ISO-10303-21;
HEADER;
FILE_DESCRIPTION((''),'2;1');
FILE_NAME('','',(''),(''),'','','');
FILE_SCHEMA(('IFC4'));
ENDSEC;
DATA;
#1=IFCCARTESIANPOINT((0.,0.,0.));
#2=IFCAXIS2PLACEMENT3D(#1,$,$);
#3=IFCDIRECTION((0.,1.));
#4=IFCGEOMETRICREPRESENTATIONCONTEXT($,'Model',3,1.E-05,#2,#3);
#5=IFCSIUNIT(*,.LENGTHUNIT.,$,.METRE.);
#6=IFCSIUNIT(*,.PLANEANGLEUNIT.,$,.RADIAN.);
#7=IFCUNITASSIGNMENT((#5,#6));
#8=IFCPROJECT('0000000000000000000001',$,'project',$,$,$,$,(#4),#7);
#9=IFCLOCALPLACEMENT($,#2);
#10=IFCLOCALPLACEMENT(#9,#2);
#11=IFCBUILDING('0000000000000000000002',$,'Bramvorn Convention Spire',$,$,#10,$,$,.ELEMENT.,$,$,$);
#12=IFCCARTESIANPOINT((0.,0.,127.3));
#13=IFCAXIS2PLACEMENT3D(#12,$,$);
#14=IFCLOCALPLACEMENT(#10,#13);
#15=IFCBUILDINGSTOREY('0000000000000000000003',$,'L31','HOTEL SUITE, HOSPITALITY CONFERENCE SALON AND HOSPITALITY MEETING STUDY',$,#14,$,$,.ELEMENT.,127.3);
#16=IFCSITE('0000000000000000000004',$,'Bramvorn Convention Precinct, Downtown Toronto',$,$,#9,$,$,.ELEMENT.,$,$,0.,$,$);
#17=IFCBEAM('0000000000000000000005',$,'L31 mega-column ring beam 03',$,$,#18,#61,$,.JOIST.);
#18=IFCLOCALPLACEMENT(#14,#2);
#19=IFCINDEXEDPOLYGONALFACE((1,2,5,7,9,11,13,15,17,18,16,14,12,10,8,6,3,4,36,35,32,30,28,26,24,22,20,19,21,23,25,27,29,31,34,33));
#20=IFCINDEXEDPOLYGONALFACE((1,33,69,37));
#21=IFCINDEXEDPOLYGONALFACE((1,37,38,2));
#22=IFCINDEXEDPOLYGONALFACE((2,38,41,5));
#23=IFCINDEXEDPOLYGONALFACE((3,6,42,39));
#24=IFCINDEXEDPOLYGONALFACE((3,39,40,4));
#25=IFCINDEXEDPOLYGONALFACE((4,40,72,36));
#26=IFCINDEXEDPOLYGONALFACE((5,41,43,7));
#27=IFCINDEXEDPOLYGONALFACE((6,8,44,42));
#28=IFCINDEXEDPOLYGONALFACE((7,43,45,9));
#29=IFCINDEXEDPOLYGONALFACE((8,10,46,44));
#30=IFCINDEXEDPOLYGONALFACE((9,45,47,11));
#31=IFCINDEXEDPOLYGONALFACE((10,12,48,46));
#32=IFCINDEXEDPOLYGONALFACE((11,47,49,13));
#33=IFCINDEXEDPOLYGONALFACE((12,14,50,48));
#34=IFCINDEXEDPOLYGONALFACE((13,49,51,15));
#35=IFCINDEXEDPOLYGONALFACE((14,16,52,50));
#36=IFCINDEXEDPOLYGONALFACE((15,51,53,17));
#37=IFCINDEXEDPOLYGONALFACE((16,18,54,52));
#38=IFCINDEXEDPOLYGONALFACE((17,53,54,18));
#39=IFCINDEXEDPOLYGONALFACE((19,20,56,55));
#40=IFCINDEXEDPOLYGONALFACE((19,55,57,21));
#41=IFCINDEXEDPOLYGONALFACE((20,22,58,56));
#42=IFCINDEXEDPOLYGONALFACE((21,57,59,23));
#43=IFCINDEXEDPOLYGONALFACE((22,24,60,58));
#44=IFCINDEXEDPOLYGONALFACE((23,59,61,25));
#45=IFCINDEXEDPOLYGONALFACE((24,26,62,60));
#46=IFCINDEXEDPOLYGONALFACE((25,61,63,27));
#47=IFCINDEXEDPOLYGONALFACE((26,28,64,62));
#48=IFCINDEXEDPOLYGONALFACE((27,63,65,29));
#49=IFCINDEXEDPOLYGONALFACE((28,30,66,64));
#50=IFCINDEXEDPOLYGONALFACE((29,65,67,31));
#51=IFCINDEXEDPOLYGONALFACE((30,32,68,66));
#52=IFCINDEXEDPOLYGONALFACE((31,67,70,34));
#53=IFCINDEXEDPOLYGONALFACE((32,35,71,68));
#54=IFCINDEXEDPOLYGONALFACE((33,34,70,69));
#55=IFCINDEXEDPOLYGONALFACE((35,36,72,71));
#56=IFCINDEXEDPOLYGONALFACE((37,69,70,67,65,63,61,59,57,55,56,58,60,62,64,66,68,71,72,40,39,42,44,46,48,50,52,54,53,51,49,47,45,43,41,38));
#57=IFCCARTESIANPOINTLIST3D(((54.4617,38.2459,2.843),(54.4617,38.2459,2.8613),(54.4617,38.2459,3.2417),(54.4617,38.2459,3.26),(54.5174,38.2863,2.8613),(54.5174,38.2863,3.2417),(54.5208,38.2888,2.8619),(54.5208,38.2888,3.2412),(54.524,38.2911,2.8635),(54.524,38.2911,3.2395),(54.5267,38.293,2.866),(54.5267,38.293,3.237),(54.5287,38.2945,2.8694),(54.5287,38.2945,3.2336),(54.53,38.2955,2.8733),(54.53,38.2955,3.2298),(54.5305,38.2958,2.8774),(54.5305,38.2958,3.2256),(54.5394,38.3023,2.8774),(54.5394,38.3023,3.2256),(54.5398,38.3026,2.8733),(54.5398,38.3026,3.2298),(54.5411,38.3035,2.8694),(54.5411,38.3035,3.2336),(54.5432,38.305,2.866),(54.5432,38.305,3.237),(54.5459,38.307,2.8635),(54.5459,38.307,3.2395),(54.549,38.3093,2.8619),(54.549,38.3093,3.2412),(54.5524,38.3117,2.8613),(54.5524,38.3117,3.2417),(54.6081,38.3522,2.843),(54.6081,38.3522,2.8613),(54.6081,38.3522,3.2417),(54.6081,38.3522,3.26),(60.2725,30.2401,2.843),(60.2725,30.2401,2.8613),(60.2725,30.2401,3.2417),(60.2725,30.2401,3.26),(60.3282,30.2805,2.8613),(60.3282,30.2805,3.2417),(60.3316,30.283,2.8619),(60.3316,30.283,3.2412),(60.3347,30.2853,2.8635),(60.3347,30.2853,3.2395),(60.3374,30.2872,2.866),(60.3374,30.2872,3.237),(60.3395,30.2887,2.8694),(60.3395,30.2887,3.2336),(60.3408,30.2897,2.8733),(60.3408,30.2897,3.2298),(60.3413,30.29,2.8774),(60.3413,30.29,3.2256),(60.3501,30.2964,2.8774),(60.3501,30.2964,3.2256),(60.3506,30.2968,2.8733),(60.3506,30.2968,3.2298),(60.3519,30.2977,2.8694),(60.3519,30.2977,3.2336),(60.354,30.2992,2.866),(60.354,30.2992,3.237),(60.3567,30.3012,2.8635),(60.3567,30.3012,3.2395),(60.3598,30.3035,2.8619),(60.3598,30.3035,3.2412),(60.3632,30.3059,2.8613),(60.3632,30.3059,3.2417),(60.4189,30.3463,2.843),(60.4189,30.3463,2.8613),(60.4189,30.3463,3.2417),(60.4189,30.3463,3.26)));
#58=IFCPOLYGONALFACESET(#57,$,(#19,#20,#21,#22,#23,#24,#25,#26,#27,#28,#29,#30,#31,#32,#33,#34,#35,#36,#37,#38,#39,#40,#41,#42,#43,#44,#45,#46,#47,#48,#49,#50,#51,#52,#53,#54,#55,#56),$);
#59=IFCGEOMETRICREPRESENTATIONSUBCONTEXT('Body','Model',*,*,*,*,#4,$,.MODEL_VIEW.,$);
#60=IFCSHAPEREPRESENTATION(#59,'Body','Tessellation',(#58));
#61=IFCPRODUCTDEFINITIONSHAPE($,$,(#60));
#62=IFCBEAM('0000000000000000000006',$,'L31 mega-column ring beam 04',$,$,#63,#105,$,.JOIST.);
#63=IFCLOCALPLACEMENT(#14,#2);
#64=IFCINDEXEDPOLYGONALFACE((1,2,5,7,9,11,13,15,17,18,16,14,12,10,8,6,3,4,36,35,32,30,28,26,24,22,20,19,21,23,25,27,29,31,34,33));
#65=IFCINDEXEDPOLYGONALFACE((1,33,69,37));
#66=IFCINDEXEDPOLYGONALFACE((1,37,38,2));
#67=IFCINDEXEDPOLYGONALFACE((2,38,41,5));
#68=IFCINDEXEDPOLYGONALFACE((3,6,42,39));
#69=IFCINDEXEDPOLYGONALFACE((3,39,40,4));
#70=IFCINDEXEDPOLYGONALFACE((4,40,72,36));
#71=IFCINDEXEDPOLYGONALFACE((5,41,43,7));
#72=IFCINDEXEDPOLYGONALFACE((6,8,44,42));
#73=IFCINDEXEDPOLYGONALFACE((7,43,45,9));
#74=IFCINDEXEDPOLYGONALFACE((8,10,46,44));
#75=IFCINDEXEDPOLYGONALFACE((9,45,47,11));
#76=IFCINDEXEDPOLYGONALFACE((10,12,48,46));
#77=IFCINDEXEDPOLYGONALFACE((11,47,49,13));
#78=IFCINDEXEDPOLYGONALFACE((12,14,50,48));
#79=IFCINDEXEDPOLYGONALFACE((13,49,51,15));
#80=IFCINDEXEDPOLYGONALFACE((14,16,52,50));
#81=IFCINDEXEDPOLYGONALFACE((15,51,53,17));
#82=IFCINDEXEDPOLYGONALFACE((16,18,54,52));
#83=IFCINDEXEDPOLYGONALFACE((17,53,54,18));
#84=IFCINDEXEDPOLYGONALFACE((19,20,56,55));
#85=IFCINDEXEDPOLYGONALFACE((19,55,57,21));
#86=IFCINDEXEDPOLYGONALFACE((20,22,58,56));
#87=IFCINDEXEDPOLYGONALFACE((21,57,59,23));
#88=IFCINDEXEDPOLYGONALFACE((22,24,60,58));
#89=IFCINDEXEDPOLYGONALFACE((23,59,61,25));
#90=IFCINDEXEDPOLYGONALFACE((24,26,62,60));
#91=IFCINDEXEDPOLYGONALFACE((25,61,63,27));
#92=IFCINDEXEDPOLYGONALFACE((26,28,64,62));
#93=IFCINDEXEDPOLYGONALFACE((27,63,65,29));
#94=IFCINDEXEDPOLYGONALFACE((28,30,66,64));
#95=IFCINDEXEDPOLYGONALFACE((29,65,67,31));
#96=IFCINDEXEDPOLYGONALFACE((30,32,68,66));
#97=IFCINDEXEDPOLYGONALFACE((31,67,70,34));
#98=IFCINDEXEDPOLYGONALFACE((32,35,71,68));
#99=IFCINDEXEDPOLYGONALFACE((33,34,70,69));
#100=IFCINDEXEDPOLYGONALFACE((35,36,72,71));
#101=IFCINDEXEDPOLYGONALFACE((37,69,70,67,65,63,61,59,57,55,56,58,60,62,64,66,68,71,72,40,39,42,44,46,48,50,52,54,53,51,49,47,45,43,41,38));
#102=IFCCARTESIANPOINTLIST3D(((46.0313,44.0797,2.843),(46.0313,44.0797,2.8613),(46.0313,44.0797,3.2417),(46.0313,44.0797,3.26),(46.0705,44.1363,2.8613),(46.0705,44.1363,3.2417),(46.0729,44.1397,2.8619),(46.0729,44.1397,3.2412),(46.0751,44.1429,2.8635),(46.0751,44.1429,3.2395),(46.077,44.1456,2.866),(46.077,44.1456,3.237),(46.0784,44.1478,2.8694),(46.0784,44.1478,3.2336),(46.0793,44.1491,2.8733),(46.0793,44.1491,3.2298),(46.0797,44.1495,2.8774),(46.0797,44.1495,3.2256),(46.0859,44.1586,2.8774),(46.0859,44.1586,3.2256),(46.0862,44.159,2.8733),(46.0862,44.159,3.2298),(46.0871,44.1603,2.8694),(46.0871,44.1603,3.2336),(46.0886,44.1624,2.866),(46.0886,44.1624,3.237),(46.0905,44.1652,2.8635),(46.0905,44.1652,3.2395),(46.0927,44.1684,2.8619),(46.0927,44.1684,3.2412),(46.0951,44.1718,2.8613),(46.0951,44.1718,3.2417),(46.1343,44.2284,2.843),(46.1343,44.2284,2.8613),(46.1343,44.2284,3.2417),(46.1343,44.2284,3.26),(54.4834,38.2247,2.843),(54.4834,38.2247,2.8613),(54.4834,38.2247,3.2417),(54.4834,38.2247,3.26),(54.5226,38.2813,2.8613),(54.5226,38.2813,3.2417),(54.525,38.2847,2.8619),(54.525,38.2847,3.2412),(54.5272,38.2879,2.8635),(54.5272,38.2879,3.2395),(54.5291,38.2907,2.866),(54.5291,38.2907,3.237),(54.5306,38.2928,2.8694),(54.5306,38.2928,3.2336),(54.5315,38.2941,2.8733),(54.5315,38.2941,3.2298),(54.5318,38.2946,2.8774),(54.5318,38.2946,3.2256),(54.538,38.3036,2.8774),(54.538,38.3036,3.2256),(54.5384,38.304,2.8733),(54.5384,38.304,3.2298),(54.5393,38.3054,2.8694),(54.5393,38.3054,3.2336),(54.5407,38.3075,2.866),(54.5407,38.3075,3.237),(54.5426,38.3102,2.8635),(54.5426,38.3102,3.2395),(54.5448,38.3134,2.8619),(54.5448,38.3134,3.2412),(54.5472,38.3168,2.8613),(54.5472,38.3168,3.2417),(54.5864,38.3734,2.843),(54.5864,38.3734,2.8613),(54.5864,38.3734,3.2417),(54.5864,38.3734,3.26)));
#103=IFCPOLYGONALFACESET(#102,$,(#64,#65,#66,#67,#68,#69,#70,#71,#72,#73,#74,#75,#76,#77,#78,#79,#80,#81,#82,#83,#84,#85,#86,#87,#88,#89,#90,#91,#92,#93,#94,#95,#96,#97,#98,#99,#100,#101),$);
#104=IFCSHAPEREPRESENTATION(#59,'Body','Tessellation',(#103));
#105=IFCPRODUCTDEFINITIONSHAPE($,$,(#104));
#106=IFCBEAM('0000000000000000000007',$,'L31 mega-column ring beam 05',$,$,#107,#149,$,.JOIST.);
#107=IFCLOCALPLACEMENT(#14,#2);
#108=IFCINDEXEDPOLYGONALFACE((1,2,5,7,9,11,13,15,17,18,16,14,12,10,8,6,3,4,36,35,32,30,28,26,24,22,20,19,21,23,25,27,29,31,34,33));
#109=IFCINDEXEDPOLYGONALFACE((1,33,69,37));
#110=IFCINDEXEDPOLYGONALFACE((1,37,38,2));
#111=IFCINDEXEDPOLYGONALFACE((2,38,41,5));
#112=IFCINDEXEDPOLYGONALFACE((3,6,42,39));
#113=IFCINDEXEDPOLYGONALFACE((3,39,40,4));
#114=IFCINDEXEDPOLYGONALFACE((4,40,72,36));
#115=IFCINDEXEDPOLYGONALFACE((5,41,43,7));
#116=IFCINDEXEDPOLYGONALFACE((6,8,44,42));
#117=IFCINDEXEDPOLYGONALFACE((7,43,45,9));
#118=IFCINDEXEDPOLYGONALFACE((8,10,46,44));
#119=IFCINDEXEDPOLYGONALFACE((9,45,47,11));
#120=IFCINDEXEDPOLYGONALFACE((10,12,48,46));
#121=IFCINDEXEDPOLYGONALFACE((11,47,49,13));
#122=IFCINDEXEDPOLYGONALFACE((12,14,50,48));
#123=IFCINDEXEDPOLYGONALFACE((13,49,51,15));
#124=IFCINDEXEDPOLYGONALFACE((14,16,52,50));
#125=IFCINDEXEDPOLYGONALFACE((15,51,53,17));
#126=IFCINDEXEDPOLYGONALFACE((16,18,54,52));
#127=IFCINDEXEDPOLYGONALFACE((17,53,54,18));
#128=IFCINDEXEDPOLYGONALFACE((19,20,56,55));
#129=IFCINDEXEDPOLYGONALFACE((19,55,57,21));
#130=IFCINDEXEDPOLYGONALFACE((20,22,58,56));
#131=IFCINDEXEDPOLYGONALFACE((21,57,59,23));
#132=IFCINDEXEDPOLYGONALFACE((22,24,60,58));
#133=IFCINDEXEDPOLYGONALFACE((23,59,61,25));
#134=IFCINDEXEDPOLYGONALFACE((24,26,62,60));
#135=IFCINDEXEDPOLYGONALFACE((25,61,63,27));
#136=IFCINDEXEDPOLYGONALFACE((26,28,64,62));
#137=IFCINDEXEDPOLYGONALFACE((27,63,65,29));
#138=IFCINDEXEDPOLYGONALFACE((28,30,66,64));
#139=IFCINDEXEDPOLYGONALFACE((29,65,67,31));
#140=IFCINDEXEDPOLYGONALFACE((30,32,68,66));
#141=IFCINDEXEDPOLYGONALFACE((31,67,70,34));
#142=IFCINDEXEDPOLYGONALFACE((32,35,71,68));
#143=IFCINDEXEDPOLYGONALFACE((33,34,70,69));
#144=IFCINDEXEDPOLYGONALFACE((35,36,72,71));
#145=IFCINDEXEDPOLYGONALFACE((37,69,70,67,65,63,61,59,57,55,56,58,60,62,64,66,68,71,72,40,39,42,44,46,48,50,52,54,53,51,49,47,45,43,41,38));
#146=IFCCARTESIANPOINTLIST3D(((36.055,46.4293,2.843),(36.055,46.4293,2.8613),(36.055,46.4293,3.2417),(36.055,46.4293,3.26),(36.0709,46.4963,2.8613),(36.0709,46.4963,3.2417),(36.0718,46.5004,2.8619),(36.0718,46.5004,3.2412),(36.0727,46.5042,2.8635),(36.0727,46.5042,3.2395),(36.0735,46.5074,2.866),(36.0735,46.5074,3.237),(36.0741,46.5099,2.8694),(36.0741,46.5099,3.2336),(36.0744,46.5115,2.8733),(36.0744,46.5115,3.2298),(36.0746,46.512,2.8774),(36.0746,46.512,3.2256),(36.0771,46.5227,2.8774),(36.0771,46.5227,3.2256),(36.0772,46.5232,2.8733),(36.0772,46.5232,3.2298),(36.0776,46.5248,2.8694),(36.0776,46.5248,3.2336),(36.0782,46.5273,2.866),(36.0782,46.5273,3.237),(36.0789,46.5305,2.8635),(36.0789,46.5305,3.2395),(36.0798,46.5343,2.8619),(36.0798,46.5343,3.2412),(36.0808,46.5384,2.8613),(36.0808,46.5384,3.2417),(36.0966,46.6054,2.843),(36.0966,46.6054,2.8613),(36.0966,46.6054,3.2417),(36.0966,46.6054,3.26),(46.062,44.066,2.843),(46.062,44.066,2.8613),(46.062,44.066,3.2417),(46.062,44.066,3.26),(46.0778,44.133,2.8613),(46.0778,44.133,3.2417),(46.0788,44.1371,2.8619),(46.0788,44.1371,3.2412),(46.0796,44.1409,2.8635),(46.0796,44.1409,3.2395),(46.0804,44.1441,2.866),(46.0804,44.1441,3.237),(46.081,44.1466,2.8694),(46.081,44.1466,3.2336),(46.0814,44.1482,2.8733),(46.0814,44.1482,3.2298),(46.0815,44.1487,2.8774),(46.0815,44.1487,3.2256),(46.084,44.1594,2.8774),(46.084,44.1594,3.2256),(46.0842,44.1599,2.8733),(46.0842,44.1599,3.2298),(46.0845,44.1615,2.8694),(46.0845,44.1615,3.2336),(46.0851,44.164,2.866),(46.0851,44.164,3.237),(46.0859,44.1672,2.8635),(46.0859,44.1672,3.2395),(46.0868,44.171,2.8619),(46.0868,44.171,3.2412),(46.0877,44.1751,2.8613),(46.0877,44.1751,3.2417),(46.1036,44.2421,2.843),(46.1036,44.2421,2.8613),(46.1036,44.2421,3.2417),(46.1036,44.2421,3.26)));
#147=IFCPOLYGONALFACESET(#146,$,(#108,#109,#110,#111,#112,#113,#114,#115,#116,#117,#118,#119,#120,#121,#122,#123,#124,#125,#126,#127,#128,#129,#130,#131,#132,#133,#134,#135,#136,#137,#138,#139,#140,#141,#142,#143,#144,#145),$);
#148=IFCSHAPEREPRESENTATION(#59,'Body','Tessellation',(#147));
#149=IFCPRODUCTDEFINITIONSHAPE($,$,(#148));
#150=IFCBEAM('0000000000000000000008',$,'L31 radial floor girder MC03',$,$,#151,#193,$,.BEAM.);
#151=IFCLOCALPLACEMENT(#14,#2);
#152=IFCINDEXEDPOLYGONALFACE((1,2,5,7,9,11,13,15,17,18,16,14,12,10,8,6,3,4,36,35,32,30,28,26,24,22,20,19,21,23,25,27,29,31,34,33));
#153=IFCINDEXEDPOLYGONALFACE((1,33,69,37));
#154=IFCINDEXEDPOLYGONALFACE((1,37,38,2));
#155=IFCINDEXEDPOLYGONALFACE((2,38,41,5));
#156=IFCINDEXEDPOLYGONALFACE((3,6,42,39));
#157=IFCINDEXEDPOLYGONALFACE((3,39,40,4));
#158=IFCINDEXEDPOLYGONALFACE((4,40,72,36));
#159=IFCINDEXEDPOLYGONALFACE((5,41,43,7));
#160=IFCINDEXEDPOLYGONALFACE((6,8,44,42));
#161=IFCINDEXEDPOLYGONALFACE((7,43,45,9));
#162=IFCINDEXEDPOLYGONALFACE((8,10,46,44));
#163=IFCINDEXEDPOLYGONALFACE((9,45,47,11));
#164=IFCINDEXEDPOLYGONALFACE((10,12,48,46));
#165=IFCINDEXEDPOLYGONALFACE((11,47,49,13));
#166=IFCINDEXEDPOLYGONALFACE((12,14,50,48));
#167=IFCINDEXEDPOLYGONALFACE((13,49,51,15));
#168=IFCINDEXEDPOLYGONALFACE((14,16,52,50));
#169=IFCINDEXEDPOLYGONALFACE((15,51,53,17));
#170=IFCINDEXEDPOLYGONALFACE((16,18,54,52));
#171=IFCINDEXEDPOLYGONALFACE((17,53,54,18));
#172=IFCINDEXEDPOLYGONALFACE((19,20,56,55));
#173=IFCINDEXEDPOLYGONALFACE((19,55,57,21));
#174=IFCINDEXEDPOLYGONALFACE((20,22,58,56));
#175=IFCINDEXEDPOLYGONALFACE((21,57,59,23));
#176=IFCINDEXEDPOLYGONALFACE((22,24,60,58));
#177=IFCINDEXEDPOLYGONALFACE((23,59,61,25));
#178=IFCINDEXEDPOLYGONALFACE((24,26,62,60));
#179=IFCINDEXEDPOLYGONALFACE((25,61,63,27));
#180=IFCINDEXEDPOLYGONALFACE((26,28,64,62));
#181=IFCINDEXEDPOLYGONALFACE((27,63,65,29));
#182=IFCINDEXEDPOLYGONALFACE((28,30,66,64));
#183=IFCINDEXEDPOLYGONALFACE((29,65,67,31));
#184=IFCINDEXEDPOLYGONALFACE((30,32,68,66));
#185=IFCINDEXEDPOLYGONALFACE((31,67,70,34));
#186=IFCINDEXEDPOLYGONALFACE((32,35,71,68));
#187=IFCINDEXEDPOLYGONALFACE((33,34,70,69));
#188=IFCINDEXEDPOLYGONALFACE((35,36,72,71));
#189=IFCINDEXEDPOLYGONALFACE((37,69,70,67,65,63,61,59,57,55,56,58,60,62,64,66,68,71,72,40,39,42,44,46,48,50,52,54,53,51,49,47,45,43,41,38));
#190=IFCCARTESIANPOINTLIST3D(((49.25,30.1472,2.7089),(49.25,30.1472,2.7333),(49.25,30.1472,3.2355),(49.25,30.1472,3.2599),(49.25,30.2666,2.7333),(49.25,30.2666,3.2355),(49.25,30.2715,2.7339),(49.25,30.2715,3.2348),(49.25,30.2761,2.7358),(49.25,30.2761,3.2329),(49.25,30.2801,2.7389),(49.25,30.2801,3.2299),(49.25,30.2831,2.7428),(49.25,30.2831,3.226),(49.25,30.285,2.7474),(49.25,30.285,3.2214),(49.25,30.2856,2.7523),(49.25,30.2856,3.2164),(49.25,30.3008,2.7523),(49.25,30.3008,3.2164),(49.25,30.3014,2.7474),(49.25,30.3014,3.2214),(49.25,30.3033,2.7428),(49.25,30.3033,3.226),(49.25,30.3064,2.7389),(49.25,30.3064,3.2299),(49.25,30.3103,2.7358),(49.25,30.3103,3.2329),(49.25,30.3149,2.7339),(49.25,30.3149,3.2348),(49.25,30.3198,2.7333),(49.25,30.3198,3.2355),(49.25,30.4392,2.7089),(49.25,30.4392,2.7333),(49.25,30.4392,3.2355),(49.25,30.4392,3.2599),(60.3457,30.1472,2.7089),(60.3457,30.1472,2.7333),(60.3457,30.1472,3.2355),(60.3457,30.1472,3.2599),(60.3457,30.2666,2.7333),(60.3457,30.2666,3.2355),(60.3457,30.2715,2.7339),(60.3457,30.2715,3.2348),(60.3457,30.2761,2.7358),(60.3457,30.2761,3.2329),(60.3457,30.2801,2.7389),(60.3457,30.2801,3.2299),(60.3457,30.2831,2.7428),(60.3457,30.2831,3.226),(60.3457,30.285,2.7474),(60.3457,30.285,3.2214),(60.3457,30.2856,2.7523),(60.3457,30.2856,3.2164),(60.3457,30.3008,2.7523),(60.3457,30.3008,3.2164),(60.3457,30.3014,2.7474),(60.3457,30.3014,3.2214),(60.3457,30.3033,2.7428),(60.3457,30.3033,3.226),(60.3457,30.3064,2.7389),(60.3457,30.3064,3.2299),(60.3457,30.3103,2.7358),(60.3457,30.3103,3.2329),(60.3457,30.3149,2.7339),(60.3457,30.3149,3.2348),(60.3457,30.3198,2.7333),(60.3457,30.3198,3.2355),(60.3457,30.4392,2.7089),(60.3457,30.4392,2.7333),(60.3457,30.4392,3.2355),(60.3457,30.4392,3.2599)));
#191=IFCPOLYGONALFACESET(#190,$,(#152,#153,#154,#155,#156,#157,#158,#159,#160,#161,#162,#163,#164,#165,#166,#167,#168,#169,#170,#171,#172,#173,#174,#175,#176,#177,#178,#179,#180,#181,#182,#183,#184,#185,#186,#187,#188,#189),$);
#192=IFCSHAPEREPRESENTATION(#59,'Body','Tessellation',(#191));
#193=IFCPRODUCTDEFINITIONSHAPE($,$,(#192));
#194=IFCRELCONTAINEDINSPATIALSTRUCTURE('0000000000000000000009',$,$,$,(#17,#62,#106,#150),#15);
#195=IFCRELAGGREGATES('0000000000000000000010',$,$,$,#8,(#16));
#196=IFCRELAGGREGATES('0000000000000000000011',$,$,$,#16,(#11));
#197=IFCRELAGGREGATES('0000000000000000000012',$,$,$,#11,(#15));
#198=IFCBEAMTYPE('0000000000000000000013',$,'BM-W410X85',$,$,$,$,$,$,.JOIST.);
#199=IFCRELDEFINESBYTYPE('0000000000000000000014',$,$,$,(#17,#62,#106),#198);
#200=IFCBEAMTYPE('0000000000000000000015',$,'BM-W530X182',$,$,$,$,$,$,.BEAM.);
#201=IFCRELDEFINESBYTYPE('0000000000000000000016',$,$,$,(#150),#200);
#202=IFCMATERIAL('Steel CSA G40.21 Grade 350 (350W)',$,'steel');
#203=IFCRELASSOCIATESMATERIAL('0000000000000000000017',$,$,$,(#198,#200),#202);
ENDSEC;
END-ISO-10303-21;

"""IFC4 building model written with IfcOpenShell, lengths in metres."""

from ifc_helpers import new_model, si_unit, direction, frame, origin, origin_2d, place, context, subcontext, project, spatial, i_section, extrude, material, material_profile, profile_set, type_object, element, save


model = new_model("IFC4")

# Units and contexts
model_context = context("Model", 3, precision=1e-05, world=origin(), true_north=direction((0.0, 1.0)))
body_context = subcontext(model_context, "Body", "Model", "MODEL_VIEW")
ifc_project = project(units=[si_unit("LENGTHUNIT", "METRE"), si_unit("PLANEANGLEUNIT", "RADIAN")], contexts=[model_context])

# Site, building, storey
site_placement = place(None, origin())
site = spatial("IfcSite", under=ifc_project, at=site_placement, Name="Bramvorn Convention Precinct, Downtown Toronto", CompositionType="ELEMENT", RefElevation=0.0)
building_placement = place(site_placement, origin())
building = spatial("IfcBuilding", under=site, at=building_placement, Name="Bramvorn Convention Spire", CompositionType="ELEMENT")
storey_placement = place(building_placement, frame((0.0, 0.0, 127.3)))
storey = spatial("IfcBuildingStorey", under=building, at=storey_placement, Name="L31", Description="HOTEL SUITE, HOSPITALITY CONFERENCE SALON AND HOSPITALITY MEETING STUDY", CompositionType="ELEMENT", Elevation=127.3)

# Shared definitions
ifc_material_1 = material(Name="Steel CSA G40.21 Grade 350 (350W)", Category="steel")

# Beams
ifc_material_profile_1 = material_profile(ifc_material_1, i_section(OverallWidth=0.1809, OverallDepth=0.417, WebThickness=0.011, FlangeThickness=0.0183, FilletRadius=0.0161, at=origin_2d()))
ifc_profile_set_1 = profile_set([ifc_material_profile_1], Name="Steel CSA G40.21 Grade 350 (350W) - W410X85")
beam_type_1 = type_object("IfcBeamType", Name="BM-W410X85", PredefinedType="JOIST", material=ifc_profile_set_1)
beam_1_placement = place(storey_placement, frame((60.3457, 30.2932, 3.0515), z_axis=(-0.587401, 0.809296, 0.0), x_axis=(-0.809296, -0.587401, 0.0)))
element("IfcBeam", 1, at=beam_1_placement, inside=storey, type_object=beam_type_1, Name="L31 mega-column ring beam 03", PredefinedType="JOIST", context=body_context, shape_type="SweptSolid", body=[
    extrude(i_section(OverallWidth=0.1809, OverallDepth=0.417, WebThickness=0.011, FlangeThickness=0.0183, FilletRadius=0.0161, at=origin_2d()), origin(), (0.0, 0.0, 1.0), 9.8923),
])
beam_2_placement = place(storey_placement, frame((54.5349, 38.2991, 3.0515), z_axis=(-0.822033, 0.56944, 0.0), x_axis=(-0.56944, -0.822033, 0.0)))
element("IfcBeam", 2, at=beam_2_placement, inside=storey, type_object=beam_type_1, Name="L31 mega-column ring beam 04", PredefinedType="JOIST", context=body_context, shape_type="SweptSolid", body=[
    extrude(i_section(OverallWidth=0.1809, OverallDepth=0.417, WebThickness=0.011, FlangeThickness=0.0183, FilletRadius=0.0161, at=origin_2d()), origin(), (0.0, 0.0, 1.0), 10.282),
])
beam_3_placement = place(storey_placement, frame((46.0828, 44.1541, 3.0515), z_axis=(-0.973228, 0.229844, 0.0), x_axis=(-0.229844, -0.973228, 0.0)))
element("IfcBeam", 3, at=beam_3_placement, inside=storey, type_object=beam_type_1, Name="L31 mega-column ring beam 05", PredefinedType="JOIST", context=body_context, shape_type="SweptSolid", body=[
    extrude(i_section(OverallWidth=0.1809, OverallDepth=0.417, WebThickness=0.011, FlangeThickness=0.0183, FilletRadius=0.0161, at=origin_2d()), origin(), (0.0, 0.0, 1.0), 10.2822),
])
ifc_material_profile_2 = material_profile(ifc_material_1, i_section(OverallWidth=0.292, OverallDepth=0.551, WebThickness=0.0151, FlangeThickness=0.0244, FilletRadius=0.019, at=origin_2d()))
ifc_profile_set_2 = profile_set([ifc_material_profile_2], Name="Steel CSA G40.21 Grade 350 (350W) - W530X182")
beam_type_2 = type_object("IfcBeamType", Name="BM-W530X182", PredefinedType="BEAM", material=ifc_profile_set_2)
beam_4_placement = place(storey_placement, frame((49.25, 30.2932, 2.9844), z_axis=(1.0, 0.0, 0.0), x_axis=(0.0, 1.0, 0.0)))
element("IfcBeam", 4, at=beam_4_placement, inside=storey, type_object=beam_type_2, Name="L31 radial floor girder MC03", PredefinedType="BEAM", context=body_context, shape_type="SweptSolid", body=[
    extrude(i_section(OverallWidth=0.292, OverallDepth=0.551, WebThickness=0.0151, FlangeThickness=0.0244, FilletRadius=0.019, at=origin_2d()), origin(), (0.0, 0.0, 1.0), 11.0957),
])

save(model, "model.ifc")
